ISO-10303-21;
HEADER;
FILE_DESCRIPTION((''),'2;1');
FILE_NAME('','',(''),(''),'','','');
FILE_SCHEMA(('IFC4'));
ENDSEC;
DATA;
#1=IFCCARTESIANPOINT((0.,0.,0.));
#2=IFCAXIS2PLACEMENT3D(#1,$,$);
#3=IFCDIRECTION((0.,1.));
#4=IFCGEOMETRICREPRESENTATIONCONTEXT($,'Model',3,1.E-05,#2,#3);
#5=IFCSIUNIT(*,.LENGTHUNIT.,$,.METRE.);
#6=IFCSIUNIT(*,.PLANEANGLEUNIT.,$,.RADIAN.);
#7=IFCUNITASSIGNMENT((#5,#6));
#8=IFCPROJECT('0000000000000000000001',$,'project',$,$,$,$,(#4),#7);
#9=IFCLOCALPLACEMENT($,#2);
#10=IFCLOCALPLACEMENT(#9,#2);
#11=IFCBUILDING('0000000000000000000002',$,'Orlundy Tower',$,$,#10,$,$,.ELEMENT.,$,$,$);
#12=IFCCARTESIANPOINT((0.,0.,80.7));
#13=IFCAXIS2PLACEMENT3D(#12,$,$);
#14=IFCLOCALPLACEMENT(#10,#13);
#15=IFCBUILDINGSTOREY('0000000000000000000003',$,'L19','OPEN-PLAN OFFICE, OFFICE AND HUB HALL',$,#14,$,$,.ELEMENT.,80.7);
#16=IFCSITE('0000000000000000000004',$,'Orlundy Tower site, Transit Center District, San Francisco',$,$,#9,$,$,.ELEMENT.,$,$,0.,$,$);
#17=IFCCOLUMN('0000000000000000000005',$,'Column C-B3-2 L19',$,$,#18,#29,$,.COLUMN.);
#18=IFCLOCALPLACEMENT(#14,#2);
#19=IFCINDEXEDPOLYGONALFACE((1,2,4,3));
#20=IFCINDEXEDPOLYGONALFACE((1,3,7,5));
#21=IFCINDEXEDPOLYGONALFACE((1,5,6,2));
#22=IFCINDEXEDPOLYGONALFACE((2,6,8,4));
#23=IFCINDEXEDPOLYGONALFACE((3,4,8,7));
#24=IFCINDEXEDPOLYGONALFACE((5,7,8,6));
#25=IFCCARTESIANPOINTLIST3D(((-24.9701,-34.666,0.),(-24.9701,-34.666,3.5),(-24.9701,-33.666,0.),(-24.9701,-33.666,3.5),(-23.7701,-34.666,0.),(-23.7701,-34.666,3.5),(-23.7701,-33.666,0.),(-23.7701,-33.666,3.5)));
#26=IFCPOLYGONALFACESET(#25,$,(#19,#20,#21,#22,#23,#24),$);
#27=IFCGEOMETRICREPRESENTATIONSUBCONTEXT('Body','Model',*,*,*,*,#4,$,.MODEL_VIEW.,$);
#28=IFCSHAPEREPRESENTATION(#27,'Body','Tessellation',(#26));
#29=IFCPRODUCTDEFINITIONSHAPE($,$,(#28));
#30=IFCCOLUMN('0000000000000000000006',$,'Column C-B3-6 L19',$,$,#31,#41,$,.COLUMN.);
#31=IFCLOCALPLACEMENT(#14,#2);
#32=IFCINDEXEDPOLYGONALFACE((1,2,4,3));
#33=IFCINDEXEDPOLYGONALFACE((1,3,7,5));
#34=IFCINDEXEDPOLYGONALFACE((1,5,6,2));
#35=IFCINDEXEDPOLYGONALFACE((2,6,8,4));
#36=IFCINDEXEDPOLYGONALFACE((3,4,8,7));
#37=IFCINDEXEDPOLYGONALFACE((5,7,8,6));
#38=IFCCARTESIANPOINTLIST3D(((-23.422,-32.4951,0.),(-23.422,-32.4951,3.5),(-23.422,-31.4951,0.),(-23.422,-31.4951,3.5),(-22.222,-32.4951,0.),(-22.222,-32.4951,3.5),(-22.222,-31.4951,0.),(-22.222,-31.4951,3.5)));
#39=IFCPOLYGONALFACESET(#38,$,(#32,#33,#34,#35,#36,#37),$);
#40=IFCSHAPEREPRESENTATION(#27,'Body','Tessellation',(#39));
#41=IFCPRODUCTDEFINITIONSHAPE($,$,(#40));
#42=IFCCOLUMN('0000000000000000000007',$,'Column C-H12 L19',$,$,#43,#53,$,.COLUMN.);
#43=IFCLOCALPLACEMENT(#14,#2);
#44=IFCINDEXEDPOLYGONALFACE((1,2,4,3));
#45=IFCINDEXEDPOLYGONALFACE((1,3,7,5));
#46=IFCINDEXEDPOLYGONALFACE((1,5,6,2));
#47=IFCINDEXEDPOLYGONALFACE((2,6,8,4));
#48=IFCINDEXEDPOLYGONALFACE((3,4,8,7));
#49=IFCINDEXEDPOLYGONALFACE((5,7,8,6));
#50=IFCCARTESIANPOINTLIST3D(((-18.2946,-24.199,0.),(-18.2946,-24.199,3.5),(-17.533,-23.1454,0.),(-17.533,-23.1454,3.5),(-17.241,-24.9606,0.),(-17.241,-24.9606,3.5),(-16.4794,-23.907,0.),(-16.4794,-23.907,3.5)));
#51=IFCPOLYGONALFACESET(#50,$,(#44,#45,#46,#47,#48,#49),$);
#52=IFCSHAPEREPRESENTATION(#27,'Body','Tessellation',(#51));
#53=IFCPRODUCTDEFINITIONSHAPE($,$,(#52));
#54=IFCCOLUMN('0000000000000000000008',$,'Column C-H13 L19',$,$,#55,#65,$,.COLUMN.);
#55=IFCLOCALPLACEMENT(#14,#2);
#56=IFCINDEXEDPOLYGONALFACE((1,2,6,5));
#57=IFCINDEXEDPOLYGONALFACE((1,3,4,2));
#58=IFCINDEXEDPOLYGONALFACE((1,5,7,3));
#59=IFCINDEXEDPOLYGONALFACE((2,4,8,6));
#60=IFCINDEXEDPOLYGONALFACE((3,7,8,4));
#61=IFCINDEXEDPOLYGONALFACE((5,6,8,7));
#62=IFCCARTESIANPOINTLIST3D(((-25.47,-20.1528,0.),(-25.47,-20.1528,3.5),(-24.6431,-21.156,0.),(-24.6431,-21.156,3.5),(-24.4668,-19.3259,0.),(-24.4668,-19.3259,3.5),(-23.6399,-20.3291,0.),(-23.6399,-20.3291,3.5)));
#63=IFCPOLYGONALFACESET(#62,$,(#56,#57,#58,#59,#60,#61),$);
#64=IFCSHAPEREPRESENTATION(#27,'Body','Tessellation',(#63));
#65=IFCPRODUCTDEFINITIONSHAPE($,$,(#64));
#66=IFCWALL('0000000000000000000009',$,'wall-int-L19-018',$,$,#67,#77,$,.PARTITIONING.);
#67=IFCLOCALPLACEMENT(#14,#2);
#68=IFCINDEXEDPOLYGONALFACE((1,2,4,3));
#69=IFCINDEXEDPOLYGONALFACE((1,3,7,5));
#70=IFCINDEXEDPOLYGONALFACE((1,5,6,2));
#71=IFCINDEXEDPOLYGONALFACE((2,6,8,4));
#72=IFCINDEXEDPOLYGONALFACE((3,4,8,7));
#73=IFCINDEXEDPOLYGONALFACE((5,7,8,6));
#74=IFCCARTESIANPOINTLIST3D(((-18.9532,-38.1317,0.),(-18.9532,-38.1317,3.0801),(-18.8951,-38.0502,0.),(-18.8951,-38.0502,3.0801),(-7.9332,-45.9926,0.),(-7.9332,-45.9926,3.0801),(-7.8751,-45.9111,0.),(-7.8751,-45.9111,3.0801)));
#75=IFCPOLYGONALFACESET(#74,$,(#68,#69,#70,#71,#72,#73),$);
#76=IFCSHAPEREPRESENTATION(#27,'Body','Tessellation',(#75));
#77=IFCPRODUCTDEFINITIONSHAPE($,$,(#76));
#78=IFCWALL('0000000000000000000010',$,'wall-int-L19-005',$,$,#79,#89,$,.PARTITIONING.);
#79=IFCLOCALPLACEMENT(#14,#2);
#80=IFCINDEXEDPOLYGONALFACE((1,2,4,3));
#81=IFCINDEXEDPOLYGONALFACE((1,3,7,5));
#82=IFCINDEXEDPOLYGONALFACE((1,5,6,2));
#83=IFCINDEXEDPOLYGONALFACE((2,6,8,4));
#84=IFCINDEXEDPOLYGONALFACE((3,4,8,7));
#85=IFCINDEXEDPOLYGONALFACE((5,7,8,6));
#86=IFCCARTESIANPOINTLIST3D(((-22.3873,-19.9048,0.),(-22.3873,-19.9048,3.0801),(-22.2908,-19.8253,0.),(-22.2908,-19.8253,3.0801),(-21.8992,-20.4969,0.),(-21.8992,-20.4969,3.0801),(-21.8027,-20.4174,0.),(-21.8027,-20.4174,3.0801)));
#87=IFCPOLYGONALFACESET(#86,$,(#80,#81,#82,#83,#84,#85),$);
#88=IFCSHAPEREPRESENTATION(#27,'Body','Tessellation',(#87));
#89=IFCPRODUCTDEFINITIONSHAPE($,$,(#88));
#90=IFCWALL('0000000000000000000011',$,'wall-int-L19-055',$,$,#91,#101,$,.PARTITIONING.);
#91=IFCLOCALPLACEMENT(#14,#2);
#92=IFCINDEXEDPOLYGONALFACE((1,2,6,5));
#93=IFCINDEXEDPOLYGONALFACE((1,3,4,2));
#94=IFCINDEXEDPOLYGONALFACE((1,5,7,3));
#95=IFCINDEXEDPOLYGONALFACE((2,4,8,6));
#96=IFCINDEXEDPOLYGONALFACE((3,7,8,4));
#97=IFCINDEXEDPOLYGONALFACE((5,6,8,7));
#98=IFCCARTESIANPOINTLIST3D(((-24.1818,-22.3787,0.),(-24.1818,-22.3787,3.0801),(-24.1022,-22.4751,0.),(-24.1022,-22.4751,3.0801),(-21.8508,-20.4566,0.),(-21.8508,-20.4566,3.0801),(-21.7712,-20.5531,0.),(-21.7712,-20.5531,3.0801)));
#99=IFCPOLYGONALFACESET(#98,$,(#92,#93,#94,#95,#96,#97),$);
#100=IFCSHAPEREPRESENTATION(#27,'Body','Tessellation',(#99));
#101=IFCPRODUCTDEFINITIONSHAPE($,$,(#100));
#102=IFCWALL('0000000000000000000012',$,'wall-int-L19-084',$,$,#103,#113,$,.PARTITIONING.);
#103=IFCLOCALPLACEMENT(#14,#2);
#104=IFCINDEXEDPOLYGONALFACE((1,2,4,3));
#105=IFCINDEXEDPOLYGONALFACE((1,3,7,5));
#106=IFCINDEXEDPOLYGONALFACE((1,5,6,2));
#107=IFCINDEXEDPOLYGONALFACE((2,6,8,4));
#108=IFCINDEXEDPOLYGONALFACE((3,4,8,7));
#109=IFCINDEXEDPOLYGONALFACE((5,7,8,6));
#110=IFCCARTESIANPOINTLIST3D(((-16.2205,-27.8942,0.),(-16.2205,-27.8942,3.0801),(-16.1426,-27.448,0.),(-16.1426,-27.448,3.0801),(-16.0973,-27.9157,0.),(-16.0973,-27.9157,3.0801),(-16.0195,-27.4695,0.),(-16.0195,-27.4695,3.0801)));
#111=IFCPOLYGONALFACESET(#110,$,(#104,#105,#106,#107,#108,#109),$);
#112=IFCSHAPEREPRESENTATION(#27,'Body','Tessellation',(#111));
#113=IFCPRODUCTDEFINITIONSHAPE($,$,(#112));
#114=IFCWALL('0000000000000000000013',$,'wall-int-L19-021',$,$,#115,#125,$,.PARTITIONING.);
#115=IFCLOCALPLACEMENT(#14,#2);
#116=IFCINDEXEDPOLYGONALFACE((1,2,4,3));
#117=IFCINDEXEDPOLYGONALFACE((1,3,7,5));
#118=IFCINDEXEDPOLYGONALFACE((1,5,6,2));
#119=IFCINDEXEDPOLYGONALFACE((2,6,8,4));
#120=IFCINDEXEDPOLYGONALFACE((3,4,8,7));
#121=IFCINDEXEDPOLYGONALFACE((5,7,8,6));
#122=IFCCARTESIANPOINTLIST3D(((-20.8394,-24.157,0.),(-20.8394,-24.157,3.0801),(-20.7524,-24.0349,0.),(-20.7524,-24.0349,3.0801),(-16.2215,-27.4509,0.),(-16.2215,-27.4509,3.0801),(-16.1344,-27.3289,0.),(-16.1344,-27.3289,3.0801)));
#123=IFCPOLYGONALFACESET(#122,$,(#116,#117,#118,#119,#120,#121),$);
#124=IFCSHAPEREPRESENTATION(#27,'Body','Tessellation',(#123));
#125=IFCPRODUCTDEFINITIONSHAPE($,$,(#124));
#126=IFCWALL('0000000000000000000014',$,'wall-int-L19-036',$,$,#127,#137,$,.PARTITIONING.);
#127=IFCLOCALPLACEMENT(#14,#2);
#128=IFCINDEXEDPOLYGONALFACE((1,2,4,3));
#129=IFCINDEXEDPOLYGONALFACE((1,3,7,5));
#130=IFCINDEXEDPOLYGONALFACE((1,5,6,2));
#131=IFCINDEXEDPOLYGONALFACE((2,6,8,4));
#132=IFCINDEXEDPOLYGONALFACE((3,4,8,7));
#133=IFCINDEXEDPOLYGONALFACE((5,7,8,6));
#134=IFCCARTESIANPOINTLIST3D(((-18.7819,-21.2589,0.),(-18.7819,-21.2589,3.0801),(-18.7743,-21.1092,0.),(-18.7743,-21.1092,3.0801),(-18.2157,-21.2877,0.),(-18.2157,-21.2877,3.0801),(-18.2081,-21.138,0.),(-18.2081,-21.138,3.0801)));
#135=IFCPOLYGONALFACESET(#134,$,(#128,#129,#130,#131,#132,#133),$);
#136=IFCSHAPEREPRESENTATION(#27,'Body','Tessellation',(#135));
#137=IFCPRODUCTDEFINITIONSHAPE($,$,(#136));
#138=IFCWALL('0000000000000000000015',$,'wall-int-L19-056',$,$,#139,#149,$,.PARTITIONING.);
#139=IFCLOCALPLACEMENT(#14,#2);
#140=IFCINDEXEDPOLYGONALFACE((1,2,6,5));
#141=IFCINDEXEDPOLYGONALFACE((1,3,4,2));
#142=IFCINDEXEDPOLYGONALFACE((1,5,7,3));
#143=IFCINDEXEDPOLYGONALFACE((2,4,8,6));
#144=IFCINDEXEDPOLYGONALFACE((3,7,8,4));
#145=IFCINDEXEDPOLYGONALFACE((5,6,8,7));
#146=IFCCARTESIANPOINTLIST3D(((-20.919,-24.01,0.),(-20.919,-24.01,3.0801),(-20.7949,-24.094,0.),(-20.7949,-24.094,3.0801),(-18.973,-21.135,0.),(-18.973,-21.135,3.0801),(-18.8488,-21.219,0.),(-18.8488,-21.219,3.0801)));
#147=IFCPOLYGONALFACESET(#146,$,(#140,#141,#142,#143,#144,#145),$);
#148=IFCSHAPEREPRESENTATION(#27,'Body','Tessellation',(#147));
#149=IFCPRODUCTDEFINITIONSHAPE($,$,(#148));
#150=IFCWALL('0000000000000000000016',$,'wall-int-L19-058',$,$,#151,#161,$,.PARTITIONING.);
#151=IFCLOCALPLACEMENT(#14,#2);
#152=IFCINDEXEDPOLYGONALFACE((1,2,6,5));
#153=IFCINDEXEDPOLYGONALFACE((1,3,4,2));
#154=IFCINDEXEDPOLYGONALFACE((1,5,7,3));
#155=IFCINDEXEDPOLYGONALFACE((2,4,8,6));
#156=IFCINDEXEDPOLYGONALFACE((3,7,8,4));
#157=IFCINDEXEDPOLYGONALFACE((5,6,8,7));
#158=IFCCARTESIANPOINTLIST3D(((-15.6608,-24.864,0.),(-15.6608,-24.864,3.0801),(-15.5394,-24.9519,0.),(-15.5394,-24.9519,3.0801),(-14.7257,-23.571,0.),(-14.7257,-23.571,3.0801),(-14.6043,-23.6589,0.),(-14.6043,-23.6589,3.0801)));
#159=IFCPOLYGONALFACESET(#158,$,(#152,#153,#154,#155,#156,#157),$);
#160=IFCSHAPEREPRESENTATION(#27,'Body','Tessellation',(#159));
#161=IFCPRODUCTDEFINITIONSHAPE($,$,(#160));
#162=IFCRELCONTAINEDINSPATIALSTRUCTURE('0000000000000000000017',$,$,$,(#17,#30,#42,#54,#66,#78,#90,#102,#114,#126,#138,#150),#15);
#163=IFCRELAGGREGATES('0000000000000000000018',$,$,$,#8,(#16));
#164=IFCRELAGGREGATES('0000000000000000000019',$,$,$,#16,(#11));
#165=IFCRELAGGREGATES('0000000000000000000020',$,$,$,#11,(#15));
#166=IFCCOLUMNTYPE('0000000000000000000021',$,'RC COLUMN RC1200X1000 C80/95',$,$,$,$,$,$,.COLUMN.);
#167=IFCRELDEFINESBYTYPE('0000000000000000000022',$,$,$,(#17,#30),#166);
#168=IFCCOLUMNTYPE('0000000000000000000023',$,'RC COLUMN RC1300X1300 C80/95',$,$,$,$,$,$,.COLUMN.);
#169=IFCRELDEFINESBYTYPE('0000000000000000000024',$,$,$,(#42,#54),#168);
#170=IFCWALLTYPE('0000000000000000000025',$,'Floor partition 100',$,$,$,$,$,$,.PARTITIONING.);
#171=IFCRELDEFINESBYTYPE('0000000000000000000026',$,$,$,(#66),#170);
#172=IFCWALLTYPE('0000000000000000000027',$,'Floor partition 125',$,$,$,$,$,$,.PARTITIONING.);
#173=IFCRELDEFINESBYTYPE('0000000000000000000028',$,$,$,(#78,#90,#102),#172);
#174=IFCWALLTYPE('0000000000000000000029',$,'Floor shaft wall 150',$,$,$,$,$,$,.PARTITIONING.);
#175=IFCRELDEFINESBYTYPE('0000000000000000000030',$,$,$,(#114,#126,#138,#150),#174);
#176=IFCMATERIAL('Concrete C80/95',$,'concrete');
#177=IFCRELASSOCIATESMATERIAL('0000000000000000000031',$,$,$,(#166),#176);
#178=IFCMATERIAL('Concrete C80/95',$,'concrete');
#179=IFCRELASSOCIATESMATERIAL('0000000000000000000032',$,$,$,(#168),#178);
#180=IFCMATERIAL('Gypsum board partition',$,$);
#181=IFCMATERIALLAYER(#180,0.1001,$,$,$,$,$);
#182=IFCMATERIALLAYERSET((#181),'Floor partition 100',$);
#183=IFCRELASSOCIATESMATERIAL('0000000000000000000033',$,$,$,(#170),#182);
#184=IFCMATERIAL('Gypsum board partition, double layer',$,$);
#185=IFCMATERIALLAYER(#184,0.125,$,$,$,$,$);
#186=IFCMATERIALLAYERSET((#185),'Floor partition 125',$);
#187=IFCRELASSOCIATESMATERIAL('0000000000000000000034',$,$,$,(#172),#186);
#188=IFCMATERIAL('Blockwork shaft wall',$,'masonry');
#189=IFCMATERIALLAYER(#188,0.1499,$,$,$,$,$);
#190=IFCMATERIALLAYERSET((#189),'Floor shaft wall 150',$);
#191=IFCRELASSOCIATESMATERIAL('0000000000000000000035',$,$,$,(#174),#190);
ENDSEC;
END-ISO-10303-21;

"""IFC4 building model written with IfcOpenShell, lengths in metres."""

from ifc_helpers import new_model, si_unit, direction, frame, frame_2d, origin, origin_2d, place, context, subcontext, project, spatial, rectangle, extrude, material, layer, layer_set, material_profile, profile_set, type_object, element, save


model = new_model("IFC4")

# Units and contexts
model_context = context("Model", 3, precision=1e-05, world=origin(), true_north=direction((0.0, 1.0)))
body_context = subcontext(model_context, "Body", "Model", "MODEL_VIEW")
ifc_project = project(units=[si_unit("LENGTHUNIT", "METRE"), si_unit("PLANEANGLEUNIT", "RADIAN")], contexts=[model_context])

# Site, building, storey
site_placement = place(None, origin())
site = spatial("IfcSite", under=ifc_project, at=site_placement, Name="Orlundy Tower site, Transit Center District, San Francisco", CompositionType="ELEMENT", RefElevation=0.0)
building_placement = place(site_placement, origin())
building = spatial("IfcBuilding", under=site, at=building_placement, Name="Orlundy Tower", CompositionType="ELEMENT")
storey_placement = place(building_placement, frame((0.0, 0.0, 80.7)))
storey = spatial("IfcBuildingStorey", under=building, at=storey_placement, Name="L19", Description="OPEN-PLAN OFFICE, OFFICE AND HUB HALL", CompositionType="ELEMENT", Elevation=80.7)

# Columns
ifc_material_1 = material(Name="Concrete C80/95", Category="concrete")
ifc_material_profile_1 = material_profile(ifc_material_1, rectangle(XDim=1.2, YDim=1.0, at=origin_2d()), Name="RC1200X1000")
ifc_profile_set_1 = profile_set([ifc_material_profile_1], Name="Concrete C80/95")
column_type_1 = type_object("IfcColumnType", Name="RC COLUMN RC1200X1000 C80/95", PredefinedType="COLUMN", material=ifc_profile_set_1)
for number, where, z_axis, x_axis, name in (
    (1, (-24.3701, -34.166, 0.0), (0.0, 0.0, 1.0), (1.0, 0.0, 0.0), "Column C-B3-2 L19"),
    (2, (-22.822, -31.9951, 0.0), (0.0, 0.0, 1.0), (1.0, 0.0, 0.0), "Column C-B3-6 L19"),
):
    element("IfcColumn", number, at=place(storey_placement, frame(where, z_axis=z_axis, x_axis=x_axis)), inside=storey, type_object=column_type_1, Name=name, PredefinedType="COLUMN", context=body_context, shape_type="SweptSolid", body=[
        extrude(rectangle(XDim=1.2, YDim=1.0, at=origin_2d()), origin(), (0.0, 0.0, 1.0), 3.5),
    ])
ifc_material_2 = material(Name="Concrete C80/95", Category="concrete")
ifc_material_profile_2 = material_profile(ifc_material_2, rectangle(XDim=1.3, YDim=1.3, at=origin_2d()), Name="RC1300X1300")
ifc_profile_set_2 = profile_set([ifc_material_profile_2], Name="Concrete C80/95")
column_type_2 = type_object("IfcColumnType", Name="RC COLUMN RC1300X1300 C80/95", PredefinedType="COLUMN", material=ifc_profile_set_2)
for number, where, z_axis, x_axis, name in (
    (3, (-17.387, -24.053, 0.0), (0.0, 0.0, 1.0), (-0.585835, -0.81043, 0.0), "Column C-H12 L19"),
    (4, (-24.5549, -20.241, 0.0), (0.0, 0.0, 1.0), (-0.771636, -0.636065, 0.0), "Column C-H13 L19"),
):
    element("IfcColumn", number, at=place(storey_placement, frame(where, z_axis=z_axis, x_axis=x_axis)), inside=storey, type_object=column_type_2, Name=name, PredefinedType="COLUMN", context=body_context, shape_type="SweptSolid", body=[
        extrude(rectangle(XDim=1.3, YDim=1.3, at=origin_2d()), origin(), (0.0, 0.0, 1.0), 3.5),
    ])

# Walls
ifc_material_3 = material(Name="Gypsum board partition")
ifc_layer_1 = layer(ifc_material_3, 0.1001)
ifc_layer_set_1 = layer_set([ifc_layer_1], Name="Floor partition 100")
wall_type_1 = type_object("IfcWallType", Name="Floor partition 100", PredefinedType="PARTITIONING", material=ifc_layer_set_1)
wall_1_placement = place(storey_placement, frame((-18.9241, -38.0911, 0.0), z_axis=(0.0, 0.0, 1.0), x_axis=(0.814104, -0.580719, 0.0)))
element("IfcWall", 5, at=wall_1_placement, inside=storey, type_object=wall_type_1, Name="wall-int-L19-018", PredefinedType="PARTITIONING", context=body_context, shape_type="SweptSolid", body=[
    extrude(rectangle(XDim=13.5364, YDim=0.1001, at=frame_2d((6.7681, 0.0))), origin(), (0.0, 0.0, 1.0), 3.0801),
])
ifc_material_4 = material(Name="Gypsum board partition, double layer")
ifc_layer_2 = layer(ifc_material_4, 0.125)
ifc_layer_set_2 = layer_set([ifc_layer_2], Name="Floor partition 125")
wall_type_2 = type_object("IfcWallType", Name="Floor partition 125", PredefinedType="PARTITIONING", material=ifc_layer_set_2)
wall_2_placement = place(storey_placement, frame((-22.3391, -19.865, 0.0), z_axis=(0.0, 0.0, 1.0), x_axis=(0.636075, -0.771627, 0.0)))
element("IfcWall", 6, at=wall_2_placement, inside=storey, type_object=wall_type_2, Name="wall-int-L19-005", PredefinedType="PARTITIONING", context=body_context, shape_type="SweptSolid", body=[
    extrude(rectangle(XDim=0.7673, YDim=0.125, at=frame_2d((0.3838, 0.0))), origin(), (0.0, 0.0, 1.0), 3.0801),
])
wall_3_placement = place(storey_placement, frame((-24.1421, -22.427, 0.0), z_axis=(0.0, 0.0, 1.0), x_axis=(0.771536, 0.636186, 0.0)))
element("IfcWall", 7, at=wall_3_placement, inside=storey, type_object=wall_type_2, Name="wall-int-L19-055", PredefinedType="PARTITIONING", context=body_context, shape_type="SweptSolid", body=[
    extrude(rectangle(XDim=3.0212, YDim=0.125, at=frame_2d((1.5107, 0.0))), origin(), (0.0, 0.0, 1.0), 3.0801),
])
wall_4_placement = place(storey_placement, frame((-16.1589, -27.905, 0.0), z_axis=(0.0, 0.0, 1.0), x_axis=(0.172001, 0.985097, 0.0)))
element("IfcWall", 8, at=wall_4_placement, inside=storey, type_object=wall_type_2, Name="wall-int-L19-084", PredefinedType="PARTITIONING", context=body_context, shape_type="SweptSolid", body=[
    extrude(rectangle(XDim=0.4529, YDim=0.125, at=frame_2d((0.2266, 0.0))), origin(), (0.0, 0.0, 1.0), 3.0801),
])
ifc_material_5 = material(Name="Blockwork shaft wall", Category="masonry")
ifc_layer_3 = layer(ifc_material_5, 0.1499)
ifc_layer_set_3 = layer_set([ifc_layer_3], Name="Floor shaft wall 150")
wall_type_3 = type_object("IfcWallType", Name="Floor shaft wall 150", PredefinedType="PARTITIONING", material=ifc_layer_set_3)
wall_5_placement = place(storey_placement, frame((-20.7959, -24.0959, 0.0), z_axis=(0.0, 0.0, 1.0), x_axis=(0.814114, -0.580705, 0.0)))
element("IfcWall", 9, at=wall_5_placement, inside=storey, type_object=wall_type_3, Name="wall-int-L19-021", PredefinedType="PARTITIONING", context=body_context, shape_type="SweptSolid", body=[
    extrude(rectangle(XDim=5.6724, YDim=0.1499, at=frame_2d((2.8362, 0.0))), origin(), (0.0, 0.0, 1.0), 3.0801),
])
wall_6_placement = place(storey_placement, frame((-18.7781, -21.1841, 0.0), z_axis=(0.0, 0.0, 1.0), x_axis=(0.998708, -0.050818, 0.0)))
element("IfcWall", 10, at=wall_6_placement, inside=storey, type_object=wall_type_3, Name="wall-int-L19-036", PredefinedType="PARTITIONING", context=body_context, shape_type="SweptSolid", body=[
    extrude(rectangle(XDim=0.5669, YDim=0.1499, at=frame_2d((0.2834, 0.0))), origin(), (0.0, 0.0, 1.0), 3.0801),
])
wall_7_placement = place(storey_placement, frame((-20.8569, -24.052, 0.0), z_axis=(0.0, 0.0, 1.0), x_axis=(0.560545, 0.828124, 0.0)))
element("IfcWall", 11, at=wall_7_placement, inside=storey, type_object=wall_type_3, Name="wall-int-L19-056", PredefinedType="PARTITIONING", context=body_context, shape_type="SweptSolid", body=[
    extrude(rectangle(XDim=3.4717, YDim=0.1499, at=frame_2d((1.7358, 0.0))), origin(), (0.0, 0.0, 1.0), 3.0801),
])
wall_8_placement = place(storey_placement, frame((-15.6001, -24.908, 0.0), z_axis=(0.0, 0.0, 1.0), x_axis=(0.586004, 0.810308, 0.0)))
element("IfcWall", 12, at=wall_8_placement, inside=storey, type_object=wall_type_3, Name="wall-int-L19-058", PredefinedType="PARTITIONING", context=body_context, shape_type="SweptSolid", body=[
    extrude(rectangle(XDim=1.5957, YDim=0.1499, at=frame_2d((0.7979, 0.0))), origin(), (0.0, 0.0, 1.0), 3.0801),
])

save(model, "model.ifc")
